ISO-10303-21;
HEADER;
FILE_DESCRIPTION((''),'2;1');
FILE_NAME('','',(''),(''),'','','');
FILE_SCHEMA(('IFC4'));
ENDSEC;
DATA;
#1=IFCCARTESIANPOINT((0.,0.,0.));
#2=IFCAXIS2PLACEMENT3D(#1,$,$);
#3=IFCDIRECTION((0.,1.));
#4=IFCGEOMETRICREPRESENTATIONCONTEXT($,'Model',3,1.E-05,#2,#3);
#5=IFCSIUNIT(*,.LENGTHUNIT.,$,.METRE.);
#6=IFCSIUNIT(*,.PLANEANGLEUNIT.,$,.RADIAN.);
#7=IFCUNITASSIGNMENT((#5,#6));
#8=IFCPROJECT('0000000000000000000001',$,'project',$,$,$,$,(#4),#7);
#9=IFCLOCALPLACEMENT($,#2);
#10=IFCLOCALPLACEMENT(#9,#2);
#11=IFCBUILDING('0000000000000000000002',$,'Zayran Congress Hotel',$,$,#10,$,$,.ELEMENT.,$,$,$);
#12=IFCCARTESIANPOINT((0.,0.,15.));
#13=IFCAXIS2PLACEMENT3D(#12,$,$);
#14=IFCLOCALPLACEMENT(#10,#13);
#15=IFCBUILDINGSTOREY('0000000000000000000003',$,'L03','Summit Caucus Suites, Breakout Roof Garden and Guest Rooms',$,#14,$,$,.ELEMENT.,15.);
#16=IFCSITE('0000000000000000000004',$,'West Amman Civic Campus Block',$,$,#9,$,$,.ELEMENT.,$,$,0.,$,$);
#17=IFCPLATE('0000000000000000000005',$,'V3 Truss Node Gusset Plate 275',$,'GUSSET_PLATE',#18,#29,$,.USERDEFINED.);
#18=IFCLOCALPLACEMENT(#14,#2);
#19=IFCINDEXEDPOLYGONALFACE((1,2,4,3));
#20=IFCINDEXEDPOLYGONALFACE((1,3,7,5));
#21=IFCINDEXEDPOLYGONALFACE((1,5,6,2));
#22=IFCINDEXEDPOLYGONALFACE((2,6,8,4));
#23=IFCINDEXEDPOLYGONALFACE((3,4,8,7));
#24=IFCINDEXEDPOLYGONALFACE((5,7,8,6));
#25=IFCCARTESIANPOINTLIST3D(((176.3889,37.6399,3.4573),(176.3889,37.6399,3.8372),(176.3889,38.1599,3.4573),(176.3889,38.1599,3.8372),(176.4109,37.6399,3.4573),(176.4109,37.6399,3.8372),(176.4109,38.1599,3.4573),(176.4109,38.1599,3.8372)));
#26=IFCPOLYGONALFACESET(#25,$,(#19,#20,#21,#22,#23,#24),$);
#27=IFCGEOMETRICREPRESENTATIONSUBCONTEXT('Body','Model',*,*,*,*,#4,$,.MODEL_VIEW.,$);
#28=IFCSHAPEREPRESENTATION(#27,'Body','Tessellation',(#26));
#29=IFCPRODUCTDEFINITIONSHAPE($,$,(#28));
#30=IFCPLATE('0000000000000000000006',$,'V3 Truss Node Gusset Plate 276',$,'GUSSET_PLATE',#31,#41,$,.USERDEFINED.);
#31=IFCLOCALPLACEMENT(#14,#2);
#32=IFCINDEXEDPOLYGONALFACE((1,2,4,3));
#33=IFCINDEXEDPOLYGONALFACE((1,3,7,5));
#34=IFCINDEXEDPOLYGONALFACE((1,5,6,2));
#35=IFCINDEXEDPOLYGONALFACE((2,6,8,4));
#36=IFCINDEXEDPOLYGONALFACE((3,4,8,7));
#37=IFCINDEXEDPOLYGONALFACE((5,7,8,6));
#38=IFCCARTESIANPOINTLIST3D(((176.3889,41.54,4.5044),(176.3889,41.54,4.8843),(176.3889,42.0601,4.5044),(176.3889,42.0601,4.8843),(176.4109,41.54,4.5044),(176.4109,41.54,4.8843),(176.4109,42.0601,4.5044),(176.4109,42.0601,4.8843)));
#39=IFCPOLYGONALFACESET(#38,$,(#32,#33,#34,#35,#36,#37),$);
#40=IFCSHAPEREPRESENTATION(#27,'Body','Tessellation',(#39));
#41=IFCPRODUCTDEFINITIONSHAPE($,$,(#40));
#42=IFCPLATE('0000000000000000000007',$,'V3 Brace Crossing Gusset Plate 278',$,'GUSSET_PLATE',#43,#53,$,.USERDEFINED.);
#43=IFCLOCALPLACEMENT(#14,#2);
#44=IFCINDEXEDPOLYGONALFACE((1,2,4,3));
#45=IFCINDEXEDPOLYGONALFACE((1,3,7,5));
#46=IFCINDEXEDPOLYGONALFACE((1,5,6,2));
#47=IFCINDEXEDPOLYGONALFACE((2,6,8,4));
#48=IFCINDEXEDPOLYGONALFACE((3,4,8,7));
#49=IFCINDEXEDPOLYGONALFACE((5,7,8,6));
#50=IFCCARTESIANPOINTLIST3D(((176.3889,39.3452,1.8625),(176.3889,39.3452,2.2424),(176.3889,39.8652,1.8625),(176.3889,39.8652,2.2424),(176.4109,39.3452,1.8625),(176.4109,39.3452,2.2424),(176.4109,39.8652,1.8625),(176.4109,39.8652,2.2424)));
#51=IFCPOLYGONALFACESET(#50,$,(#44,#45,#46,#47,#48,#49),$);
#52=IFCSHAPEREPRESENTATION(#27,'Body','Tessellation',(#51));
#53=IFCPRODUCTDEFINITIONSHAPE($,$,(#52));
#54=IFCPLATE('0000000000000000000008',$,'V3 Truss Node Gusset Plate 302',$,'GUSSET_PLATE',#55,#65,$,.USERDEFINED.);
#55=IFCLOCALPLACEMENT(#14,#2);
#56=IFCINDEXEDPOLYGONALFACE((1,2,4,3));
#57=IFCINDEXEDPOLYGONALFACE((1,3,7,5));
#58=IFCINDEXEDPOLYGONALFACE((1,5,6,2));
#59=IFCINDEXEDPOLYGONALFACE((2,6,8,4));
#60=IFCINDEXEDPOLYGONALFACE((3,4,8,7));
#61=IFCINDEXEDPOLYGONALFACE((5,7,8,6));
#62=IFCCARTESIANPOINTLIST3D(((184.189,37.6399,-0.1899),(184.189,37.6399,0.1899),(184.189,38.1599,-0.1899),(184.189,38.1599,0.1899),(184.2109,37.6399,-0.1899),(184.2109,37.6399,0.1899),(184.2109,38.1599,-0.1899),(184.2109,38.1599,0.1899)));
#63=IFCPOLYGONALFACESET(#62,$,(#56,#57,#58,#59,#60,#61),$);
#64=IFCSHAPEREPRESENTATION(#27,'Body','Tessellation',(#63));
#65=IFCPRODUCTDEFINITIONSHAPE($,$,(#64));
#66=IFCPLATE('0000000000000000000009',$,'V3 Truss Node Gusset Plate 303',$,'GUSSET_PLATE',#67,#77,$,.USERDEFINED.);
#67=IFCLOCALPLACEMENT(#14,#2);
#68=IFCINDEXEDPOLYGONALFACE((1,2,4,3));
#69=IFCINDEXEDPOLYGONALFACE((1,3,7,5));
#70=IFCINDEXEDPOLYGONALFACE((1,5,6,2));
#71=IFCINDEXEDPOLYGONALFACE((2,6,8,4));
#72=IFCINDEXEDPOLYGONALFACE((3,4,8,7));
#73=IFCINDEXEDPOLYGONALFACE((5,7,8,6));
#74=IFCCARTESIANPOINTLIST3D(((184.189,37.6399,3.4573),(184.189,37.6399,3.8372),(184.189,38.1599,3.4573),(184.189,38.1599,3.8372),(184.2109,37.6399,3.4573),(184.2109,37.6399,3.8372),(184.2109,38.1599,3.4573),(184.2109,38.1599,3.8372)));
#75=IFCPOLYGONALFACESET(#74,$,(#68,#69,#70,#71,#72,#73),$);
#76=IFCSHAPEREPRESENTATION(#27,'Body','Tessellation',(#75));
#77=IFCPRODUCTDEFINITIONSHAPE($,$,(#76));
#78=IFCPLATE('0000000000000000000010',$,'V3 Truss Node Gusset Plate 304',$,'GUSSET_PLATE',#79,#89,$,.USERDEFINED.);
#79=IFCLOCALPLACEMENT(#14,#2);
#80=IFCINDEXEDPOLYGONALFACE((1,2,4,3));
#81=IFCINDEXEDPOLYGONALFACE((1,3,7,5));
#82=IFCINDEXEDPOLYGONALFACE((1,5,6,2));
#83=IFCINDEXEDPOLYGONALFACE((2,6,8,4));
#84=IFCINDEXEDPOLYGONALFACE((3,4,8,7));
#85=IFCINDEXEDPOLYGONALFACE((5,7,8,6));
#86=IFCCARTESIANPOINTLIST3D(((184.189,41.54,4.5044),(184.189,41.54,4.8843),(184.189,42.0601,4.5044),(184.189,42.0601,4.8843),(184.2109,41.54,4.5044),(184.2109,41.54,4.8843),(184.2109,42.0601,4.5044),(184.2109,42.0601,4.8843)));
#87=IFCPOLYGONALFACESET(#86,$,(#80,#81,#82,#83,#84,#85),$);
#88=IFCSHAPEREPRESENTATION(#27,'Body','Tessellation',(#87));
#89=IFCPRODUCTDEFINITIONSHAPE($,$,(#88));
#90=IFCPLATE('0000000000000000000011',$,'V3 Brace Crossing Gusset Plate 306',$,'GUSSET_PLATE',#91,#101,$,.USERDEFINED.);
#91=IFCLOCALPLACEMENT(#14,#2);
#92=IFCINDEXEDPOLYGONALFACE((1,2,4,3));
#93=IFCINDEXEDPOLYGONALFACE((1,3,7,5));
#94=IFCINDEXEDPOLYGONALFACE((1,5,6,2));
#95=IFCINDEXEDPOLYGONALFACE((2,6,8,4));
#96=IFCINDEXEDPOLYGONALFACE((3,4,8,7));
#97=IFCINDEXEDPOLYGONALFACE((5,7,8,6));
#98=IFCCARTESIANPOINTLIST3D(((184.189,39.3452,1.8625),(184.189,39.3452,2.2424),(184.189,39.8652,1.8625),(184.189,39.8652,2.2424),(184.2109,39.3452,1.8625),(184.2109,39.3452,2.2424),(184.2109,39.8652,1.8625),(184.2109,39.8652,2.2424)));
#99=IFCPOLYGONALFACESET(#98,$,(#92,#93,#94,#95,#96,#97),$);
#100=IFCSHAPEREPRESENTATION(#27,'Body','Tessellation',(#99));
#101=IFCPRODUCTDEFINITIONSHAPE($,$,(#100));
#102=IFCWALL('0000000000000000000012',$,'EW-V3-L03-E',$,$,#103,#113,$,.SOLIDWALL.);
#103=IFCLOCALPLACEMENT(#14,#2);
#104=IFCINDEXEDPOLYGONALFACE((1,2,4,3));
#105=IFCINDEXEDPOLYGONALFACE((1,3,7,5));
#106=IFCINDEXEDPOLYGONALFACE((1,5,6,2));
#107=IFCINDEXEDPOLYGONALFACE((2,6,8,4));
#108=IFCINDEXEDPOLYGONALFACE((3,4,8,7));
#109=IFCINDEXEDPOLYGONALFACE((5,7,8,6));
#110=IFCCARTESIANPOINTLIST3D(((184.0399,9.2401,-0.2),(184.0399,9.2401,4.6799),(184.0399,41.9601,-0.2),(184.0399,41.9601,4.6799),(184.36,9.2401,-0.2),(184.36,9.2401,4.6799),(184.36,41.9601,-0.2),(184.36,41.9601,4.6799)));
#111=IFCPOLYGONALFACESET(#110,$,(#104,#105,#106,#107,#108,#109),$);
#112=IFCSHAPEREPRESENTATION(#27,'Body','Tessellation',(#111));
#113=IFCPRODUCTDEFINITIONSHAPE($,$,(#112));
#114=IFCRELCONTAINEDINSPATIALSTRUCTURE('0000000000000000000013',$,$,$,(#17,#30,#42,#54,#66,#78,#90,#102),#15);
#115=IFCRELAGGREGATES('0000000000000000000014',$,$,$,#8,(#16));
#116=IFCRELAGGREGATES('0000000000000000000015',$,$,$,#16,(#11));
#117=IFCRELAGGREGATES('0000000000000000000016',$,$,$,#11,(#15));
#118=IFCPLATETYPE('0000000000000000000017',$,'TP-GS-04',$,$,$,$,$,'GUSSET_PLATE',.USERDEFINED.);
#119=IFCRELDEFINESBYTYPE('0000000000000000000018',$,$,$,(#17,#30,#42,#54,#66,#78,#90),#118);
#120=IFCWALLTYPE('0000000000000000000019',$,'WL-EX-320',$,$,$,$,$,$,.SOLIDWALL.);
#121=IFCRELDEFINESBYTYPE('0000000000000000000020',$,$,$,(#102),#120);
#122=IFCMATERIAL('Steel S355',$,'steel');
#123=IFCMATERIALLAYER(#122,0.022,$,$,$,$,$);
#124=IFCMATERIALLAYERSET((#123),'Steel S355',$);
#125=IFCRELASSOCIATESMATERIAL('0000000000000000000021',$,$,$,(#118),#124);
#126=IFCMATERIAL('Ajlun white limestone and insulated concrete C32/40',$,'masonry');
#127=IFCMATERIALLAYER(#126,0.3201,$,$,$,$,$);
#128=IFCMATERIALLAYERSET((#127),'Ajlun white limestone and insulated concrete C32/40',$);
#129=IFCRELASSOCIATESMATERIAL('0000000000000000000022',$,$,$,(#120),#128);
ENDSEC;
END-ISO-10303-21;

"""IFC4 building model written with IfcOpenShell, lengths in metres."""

from ifc_helpers import new_model, si_unit, direction, frame, frame_2d, origin, origin_2d, place, context, subcontext, project, spatial, rectangle, extrude, material, layer, layer_set, type_object, element, save


model = new_model("IFC4")

# Units and contexts
model_context = context("Model", 3, precision=1e-05, world=origin(), true_north=direction((0.0, 1.0)))
body_context = subcontext(model_context, "Body", "Model", "MODEL_VIEW")
ifc_project = project(units=[si_unit("LENGTHUNIT", "METRE"), si_unit("PLANEANGLEUNIT", "RADIAN")], contexts=[model_context])

# Site, building, storey
site_placement = place(None, origin())
site = spatial("IfcSite", under=ifc_project, at=site_placement, Name="West Amman Civic Campus Block", CompositionType="ELEMENT", RefElevation=0.0)
building_placement = place(site_placement, origin())
building = spatial("IfcBuilding", under=site, at=building_placement, Name="Zayran Congress Hotel", CompositionType="ELEMENT")
storey_placement = place(building_placement, frame((0.0, 0.0, 15.0)))
storey = spatial("IfcBuildingStorey", under=building, at=storey_placement, Name="L03", Description="Summit Caucus Suites, Breakout Roof Garden and Guest Rooms", CompositionType="ELEMENT", Elevation=15.0)

# Shared definitions
ifc_material_1 = material(Name="Steel S355", Category="steel")

# Plates
ifc_layer_1 = layer(ifc_material_1, 0.022)
ifc_layer_set_1 = layer_set([ifc_layer_1], Name="Steel S355")
plate_type_1 = type_object("IfcPlateType", Name="TP-GS-04", ElementType="GUSSET_PLATE", PredefinedType="USERDEFINED", material=ifc_layer_set_1)
for number, where, z_axis, x_axis, name in (
    (1, (176.3999, 37.8999, 3.4573), (0.0, 0.0, 1.0), (0.0, 1.0, 0.0), "V3 Truss Node Gusset Plate 275"),
    (2, (176.3999, 41.8, 4.5044), (0.0, 0.0, 1.0), (0.0, 1.0, 0.0), "V3 Truss Node Gusset Plate 276"),
    (3, (176.3999, 39.6052, 1.8625), (0.0, 0.0, 1.0), (0.0, 1.0, 0.0), "V3 Brace Crossing Gusset Plate 278"),
    (4, (184.2, 37.8999, -0.1899), (0.0, 0.0, 1.0), (0.0, 1.0, 0.0), "V3 Truss Node Gusset Plate 302"),
    (5, (184.2, 37.8999, 3.4573), (0.0, 0.0, 1.0), (0.0, 1.0, 0.0), "V3 Truss Node Gusset Plate 303"),
    (6, (184.2, 41.8, 4.5044), (0.0, 0.0, 1.0), (0.0, 1.0, 0.0), "V3 Truss Node Gusset Plate 304"),
    (7, (184.2, 39.6052, 1.8625), (0.0, 0.0, 1.0), (0.0, 1.0, 0.0), "V3 Brace Crossing Gusset Plate 306"),
):
    element("IfcPlate", number, at=place(storey_placement, frame(where, z_axis=z_axis, x_axis=x_axis)), inside=storey, type_object=plate_type_1, Name=name, ObjectType="GUSSET_PLATE", PredefinedType="USERDEFINED", context=body_context, shape_type="SweptSolid", body=[
        extrude(rectangle(XDim=0.52, YDim=0.022, at=origin_2d()), origin(), (0.0, 0.0, 1.0), 0.3799),
    ])

# Wall
ifc_material_2 = material(Name="Ajlun white limestone and insulated concrete C32/40", Category="masonry")
ifc_layer_2 = layer(ifc_material_2, 0.3201)
ifc_layer_set_2 = layer_set([ifc_layer_2], Name="Ajlun white limestone and insulated concrete C32/40")
wall_type = type_object("IfcWallType", Name="WL-EX-320", PredefinedType="SOLIDWALL", material=ifc_layer_set_2)
wall_placement = place(storey_placement, frame((184.2, 41.96, -0.2), z_axis=(0.0, 0.0, 1.0), x_axis=(0.0, -1.0, 0.0)))
element("IfcWall", 8, at=wall_placement, inside=storey, type_object=wall_type, Name="EW-V3-L03-E", PredefinedType="SOLIDWALL", context=body_context, shape_type="SweptSolid", body=[
    extrude(rectangle(XDim=32.72, YDim=0.3201, at=frame_2d((16.3599, 0.0))), origin(), (0.0, 0.0, 1.0), 4.8799),
])

save(model, "model.ifc")
